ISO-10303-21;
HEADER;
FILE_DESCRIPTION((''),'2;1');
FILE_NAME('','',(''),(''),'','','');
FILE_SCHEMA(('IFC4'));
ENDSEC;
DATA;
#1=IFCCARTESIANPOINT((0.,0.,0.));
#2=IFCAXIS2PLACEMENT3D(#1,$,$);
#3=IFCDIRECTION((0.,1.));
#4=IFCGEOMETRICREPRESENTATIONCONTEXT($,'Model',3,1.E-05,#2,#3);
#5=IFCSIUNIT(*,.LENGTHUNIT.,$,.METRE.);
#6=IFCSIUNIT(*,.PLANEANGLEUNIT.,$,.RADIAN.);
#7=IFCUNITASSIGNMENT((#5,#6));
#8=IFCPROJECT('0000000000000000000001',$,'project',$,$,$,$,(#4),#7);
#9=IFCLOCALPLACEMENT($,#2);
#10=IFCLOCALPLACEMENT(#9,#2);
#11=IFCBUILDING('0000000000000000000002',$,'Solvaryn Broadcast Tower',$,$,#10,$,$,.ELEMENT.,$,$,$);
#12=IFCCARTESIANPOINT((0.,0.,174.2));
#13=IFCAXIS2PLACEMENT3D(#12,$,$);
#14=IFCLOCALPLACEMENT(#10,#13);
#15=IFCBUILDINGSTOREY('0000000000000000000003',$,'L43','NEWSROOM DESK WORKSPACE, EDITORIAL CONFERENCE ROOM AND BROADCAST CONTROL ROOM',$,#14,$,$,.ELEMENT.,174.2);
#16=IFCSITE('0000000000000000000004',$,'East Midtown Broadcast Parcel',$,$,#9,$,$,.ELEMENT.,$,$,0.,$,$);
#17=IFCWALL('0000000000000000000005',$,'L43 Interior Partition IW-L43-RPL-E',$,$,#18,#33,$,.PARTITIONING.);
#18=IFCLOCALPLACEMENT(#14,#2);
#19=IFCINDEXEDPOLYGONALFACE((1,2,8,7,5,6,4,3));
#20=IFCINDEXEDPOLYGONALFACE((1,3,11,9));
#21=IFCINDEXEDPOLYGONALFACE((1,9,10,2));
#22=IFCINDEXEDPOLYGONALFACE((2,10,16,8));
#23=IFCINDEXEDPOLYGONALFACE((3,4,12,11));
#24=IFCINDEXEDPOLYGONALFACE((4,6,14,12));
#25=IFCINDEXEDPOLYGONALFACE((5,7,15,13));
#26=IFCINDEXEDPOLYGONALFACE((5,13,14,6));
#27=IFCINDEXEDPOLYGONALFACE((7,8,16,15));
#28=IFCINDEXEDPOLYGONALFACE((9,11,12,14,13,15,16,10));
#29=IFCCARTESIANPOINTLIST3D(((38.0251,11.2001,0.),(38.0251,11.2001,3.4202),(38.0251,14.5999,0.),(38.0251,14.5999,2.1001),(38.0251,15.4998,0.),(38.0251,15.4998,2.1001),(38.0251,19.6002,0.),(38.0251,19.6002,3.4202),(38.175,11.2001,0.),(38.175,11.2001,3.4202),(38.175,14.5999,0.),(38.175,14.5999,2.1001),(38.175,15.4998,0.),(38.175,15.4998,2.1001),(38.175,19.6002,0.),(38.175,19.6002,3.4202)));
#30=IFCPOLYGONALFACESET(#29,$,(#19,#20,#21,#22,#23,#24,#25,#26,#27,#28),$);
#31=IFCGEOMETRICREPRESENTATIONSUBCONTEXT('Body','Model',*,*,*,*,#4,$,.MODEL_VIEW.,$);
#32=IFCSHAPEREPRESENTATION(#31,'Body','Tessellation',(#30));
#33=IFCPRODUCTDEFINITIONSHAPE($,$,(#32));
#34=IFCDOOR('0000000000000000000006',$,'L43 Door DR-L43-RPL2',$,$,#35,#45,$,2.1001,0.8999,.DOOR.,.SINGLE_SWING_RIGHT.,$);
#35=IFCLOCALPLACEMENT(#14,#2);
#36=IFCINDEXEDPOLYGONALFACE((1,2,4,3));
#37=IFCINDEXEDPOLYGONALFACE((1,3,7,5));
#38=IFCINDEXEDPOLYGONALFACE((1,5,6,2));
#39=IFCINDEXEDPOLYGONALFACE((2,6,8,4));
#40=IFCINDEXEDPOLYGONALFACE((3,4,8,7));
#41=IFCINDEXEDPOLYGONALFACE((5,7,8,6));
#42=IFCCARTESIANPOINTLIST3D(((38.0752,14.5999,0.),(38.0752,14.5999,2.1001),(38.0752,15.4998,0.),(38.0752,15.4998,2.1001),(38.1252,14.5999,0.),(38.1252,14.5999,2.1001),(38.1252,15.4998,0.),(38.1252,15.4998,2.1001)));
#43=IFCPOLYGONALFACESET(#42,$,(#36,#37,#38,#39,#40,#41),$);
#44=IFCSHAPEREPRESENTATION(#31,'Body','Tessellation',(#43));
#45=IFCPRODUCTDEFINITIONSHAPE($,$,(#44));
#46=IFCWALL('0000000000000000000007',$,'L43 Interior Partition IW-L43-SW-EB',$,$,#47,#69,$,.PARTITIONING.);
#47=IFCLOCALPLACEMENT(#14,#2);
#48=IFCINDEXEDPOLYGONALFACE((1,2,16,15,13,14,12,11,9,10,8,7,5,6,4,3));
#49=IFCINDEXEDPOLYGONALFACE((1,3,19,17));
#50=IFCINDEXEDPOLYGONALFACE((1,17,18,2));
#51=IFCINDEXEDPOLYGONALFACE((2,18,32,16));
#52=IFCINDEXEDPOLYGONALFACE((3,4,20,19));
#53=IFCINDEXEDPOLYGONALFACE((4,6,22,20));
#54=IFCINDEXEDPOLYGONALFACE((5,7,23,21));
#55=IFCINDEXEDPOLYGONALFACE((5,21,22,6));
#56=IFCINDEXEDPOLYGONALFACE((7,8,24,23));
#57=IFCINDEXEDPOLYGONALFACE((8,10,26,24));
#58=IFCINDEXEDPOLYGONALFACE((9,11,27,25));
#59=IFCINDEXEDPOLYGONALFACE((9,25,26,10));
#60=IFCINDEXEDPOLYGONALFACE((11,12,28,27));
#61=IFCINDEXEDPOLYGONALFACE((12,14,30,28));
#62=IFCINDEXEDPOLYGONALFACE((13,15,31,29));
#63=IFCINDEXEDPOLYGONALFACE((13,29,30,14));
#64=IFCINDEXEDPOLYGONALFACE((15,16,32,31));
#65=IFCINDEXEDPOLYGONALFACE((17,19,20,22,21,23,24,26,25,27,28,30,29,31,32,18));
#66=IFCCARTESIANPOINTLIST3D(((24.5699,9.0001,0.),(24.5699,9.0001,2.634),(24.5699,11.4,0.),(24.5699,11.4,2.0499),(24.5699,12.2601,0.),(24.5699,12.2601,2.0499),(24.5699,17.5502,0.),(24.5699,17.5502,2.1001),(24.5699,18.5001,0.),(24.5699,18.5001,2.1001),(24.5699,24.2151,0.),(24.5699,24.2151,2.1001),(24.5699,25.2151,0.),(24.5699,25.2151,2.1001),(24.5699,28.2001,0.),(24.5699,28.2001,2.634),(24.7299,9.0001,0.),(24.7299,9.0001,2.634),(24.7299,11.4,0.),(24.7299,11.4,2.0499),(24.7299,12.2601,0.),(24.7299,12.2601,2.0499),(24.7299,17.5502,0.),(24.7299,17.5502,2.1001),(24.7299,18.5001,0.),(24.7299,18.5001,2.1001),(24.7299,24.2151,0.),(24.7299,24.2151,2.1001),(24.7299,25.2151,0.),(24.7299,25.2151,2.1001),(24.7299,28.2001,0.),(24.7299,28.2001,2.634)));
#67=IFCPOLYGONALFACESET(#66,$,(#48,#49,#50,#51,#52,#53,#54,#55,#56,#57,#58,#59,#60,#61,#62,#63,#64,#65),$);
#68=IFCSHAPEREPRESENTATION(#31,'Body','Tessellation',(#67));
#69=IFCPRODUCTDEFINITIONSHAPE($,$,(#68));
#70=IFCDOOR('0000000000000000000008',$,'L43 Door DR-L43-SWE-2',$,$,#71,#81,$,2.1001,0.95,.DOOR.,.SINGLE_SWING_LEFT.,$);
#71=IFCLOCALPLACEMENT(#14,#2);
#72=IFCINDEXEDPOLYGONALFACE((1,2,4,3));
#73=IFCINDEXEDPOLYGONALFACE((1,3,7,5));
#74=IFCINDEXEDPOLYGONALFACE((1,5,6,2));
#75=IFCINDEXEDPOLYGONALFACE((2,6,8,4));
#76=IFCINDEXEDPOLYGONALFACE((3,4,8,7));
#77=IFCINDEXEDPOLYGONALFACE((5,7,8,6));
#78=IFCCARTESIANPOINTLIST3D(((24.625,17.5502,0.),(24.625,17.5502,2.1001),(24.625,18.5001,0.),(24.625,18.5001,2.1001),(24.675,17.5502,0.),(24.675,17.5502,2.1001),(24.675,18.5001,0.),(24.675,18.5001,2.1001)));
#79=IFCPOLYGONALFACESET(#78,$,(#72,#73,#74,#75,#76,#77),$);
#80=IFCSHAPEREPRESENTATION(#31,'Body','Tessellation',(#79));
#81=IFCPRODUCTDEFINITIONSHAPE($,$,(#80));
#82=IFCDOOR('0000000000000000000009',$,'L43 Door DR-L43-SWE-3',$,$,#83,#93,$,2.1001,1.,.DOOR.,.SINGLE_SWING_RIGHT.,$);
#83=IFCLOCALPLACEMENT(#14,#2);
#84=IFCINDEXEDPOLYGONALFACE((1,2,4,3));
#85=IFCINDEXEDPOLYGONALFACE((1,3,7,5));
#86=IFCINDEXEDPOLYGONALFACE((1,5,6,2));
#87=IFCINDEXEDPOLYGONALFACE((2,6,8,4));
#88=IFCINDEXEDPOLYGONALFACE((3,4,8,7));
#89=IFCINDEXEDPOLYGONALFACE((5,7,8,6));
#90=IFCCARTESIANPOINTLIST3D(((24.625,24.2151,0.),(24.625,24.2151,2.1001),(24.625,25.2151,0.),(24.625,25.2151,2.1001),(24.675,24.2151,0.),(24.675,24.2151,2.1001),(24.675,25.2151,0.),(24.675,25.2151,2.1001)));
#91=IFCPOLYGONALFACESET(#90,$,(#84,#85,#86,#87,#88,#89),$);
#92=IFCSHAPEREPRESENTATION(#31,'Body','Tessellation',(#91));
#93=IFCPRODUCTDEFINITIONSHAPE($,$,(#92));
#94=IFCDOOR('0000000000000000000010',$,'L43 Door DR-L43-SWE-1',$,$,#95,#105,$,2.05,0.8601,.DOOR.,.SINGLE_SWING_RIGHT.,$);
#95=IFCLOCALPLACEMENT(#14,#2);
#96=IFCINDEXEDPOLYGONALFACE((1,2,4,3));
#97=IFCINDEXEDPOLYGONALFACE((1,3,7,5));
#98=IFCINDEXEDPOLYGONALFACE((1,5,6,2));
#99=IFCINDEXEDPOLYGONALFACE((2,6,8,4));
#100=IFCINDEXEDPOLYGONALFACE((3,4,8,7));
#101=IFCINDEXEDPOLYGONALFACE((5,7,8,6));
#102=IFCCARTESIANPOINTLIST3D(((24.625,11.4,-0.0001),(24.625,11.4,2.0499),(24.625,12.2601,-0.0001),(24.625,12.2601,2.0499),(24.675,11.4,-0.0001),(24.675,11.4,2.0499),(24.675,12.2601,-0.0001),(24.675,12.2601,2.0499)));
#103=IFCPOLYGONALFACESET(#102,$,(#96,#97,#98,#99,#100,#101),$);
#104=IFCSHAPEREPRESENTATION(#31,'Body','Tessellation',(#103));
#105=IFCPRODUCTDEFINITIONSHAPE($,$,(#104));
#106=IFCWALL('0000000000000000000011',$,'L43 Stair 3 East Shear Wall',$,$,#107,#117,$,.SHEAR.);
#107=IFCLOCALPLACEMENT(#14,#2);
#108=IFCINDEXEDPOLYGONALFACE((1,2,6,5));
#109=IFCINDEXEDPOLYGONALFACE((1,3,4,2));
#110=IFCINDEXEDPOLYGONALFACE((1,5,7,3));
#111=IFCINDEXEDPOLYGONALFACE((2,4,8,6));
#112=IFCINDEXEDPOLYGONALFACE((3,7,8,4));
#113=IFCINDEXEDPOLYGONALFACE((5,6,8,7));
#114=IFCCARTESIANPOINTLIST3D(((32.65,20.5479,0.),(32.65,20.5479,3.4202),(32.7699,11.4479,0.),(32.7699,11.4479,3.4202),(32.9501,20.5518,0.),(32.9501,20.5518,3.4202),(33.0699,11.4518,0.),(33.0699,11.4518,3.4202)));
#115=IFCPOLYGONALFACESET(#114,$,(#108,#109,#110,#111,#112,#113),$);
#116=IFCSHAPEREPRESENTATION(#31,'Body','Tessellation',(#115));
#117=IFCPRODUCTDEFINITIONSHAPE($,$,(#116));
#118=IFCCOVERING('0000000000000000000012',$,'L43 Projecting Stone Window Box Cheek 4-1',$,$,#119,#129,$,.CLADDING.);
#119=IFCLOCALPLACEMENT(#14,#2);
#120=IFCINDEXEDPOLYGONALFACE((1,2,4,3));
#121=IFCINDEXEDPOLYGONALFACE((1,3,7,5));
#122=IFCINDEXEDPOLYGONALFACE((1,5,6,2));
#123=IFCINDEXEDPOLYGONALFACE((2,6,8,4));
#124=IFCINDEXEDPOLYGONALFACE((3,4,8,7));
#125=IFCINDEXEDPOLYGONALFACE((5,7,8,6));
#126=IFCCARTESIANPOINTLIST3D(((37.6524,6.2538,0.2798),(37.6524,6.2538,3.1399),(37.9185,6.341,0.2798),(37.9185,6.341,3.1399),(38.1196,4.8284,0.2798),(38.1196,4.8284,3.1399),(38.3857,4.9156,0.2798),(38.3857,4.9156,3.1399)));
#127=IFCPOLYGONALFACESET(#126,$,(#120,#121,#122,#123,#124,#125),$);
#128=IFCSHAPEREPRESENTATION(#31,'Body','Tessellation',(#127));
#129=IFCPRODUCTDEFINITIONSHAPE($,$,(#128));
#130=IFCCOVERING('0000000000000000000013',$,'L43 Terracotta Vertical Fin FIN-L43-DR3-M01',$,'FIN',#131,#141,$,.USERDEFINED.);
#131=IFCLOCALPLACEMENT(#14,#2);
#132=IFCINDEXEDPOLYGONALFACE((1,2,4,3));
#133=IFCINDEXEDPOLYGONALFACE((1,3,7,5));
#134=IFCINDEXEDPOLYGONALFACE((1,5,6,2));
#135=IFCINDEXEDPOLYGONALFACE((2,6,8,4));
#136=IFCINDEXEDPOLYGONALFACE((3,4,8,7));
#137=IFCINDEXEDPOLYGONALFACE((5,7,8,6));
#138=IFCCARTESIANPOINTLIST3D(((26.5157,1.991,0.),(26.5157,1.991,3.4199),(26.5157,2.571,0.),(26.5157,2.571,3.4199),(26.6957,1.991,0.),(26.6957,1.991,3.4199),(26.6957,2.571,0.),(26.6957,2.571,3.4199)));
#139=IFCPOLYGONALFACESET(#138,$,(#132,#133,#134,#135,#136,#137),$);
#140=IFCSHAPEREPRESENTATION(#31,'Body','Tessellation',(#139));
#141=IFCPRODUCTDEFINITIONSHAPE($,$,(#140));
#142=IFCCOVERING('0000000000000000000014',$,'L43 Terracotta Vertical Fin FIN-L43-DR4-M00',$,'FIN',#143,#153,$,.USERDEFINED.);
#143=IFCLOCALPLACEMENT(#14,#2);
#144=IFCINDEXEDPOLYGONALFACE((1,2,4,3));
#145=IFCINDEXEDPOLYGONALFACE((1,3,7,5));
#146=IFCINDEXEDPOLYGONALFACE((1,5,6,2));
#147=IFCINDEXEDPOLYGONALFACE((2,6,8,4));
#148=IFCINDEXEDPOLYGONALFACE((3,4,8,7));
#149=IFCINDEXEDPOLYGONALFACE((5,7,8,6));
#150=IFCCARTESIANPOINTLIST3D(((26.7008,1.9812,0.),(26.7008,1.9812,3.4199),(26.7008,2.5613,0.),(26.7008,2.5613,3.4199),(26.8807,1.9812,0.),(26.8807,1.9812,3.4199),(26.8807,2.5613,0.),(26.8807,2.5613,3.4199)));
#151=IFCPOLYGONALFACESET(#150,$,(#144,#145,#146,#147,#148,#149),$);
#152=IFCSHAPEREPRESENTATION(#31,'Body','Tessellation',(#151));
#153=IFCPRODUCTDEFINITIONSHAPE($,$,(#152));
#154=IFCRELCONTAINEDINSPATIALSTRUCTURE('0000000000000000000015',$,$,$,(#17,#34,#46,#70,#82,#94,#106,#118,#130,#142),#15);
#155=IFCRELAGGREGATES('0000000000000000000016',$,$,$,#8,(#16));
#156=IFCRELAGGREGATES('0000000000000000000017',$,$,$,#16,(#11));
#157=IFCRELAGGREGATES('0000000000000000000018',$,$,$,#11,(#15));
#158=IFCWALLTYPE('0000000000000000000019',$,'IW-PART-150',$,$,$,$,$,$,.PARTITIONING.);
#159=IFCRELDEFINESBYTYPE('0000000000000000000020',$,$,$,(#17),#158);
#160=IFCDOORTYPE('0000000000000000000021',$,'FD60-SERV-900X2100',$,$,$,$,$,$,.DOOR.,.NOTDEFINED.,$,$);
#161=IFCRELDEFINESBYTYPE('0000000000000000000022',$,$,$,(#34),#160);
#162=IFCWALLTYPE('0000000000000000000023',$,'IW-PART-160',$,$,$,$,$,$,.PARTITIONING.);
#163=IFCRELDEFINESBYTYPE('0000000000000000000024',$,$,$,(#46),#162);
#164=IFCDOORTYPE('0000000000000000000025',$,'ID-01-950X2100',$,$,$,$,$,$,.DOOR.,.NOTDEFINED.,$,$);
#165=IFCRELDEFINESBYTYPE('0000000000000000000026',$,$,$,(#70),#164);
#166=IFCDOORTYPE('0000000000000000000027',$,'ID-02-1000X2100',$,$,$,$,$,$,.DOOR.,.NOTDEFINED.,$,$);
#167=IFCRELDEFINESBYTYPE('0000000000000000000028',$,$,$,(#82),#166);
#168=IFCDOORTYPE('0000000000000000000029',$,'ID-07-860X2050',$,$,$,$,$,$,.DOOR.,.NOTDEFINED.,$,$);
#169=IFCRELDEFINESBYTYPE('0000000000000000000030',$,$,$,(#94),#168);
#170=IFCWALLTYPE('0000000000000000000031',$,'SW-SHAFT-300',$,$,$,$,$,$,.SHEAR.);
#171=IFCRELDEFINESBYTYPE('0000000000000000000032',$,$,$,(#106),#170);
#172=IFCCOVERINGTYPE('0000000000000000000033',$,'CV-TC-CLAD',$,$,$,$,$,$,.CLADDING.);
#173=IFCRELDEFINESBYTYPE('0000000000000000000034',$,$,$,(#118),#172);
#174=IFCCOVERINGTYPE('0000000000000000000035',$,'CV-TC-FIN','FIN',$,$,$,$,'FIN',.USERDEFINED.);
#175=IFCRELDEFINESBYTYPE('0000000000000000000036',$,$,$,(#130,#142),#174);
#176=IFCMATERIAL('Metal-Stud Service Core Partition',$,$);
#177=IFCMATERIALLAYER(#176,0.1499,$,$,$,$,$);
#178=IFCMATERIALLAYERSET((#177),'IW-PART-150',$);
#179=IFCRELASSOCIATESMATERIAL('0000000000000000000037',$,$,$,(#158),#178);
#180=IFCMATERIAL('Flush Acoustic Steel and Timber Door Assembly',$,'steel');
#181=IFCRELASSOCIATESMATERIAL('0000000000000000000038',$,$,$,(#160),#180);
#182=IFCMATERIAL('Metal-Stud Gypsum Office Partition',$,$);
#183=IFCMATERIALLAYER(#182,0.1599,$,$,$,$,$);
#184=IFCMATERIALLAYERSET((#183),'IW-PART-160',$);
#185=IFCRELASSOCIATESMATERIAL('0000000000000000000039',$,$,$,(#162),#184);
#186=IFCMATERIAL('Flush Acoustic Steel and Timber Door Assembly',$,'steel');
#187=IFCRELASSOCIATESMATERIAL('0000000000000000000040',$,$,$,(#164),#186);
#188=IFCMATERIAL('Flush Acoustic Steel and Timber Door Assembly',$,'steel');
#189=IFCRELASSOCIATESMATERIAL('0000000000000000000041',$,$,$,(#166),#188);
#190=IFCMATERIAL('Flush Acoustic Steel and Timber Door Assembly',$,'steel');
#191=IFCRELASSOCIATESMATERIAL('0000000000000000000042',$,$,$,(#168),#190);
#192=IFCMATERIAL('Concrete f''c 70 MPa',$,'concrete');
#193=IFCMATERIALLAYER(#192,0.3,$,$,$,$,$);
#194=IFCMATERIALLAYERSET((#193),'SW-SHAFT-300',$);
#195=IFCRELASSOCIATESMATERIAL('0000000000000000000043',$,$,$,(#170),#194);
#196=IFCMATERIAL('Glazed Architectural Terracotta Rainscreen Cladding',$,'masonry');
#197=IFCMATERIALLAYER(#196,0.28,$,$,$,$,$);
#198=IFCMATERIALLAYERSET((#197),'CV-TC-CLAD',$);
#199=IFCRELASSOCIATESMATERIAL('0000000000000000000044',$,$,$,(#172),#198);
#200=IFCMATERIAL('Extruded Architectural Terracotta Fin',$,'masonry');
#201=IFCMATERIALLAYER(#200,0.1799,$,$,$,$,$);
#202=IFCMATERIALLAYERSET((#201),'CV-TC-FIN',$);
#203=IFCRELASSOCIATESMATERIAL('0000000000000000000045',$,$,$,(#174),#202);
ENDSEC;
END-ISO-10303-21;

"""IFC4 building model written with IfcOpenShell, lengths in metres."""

from ifc_helpers import new_model, si_unit, direction, frame, frame_2d, origin, origin_2d, place, context, subcontext, project, spatial, rectangle, extrude, material, layer, layer_set, type_object, element, fill, save


model = new_model("IFC4")

# Units and contexts
model_context = context("Model", 3, precision=1e-05, world=origin(), true_north=direction((0.0, 1.0)))
body_context = subcontext(model_context, "Body", "Model", "MODEL_VIEW")
ifc_project = project(units=[si_unit("LENGTHUNIT", "METRE"), si_unit("PLANEANGLEUNIT", "RADIAN")], contexts=[model_context])

# Site, building, storey
site_placement = place(None, origin())
site = spatial("IfcSite", under=ifc_project, at=site_placement, Name="East Midtown Broadcast Parcel", CompositionType="ELEMENT", RefElevation=0.0)
building_placement = place(site_placement, origin())
building = spatial("IfcBuilding", under=site, at=building_placement, Name="Solvaryn Broadcast Tower", CompositionType="ELEMENT")
storey_placement = place(building_placement, frame((0.0, 0.0, 174.2)))
storey = spatial("IfcBuildingStorey", under=building, at=storey_placement, Name="L43", Description="NEWSROOM DESK WORKSPACE, EDITORIAL CONFERENCE ROOM AND BROADCAST CONTROL ROOM", CompositionType="ELEMENT", Elevation=174.2)

# Wall, opening, door
ifc_material_1 = material(Name="Metal-Stud Service Core Partition")
ifc_layer_1 = layer(ifc_material_1, 0.1499)
ifc_layer_set_1 = layer_set([ifc_layer_1], Name="IW-PART-150")
wall_type_1 = type_object("IfcWallType", Name="IW-PART-150", PredefinedType="PARTITIONING", material=ifc_layer_set_1)
wall_1_placement = place(storey_placement, frame((38.1001, 11.2, 0.0), z_axis=(0.0, 0.0, 1.0), x_axis=(0.0, 1.0, 0.0)))
wall_1 = element("IfcWall", 1, at=wall_1_placement, inside=storey, type_object=wall_type_1, Name="L43 Interior Partition IW-L43-RPL-E", PredefinedType="PARTITIONING", context=body_context, shape_type="SweptSolid", body=[
    extrude(rectangle(XDim=8.4001, YDim=0.1499, at=frame_2d((4.2002, 0.0))), origin(), (0.0, 0.0, 1.0), 3.4202),
])
opening_1_placement = place(wall_1_placement, frame((3.3999, 0.0, 0.0)))
opening_1 = element("IfcOpeningElement", 2, at=opening_1_placement, cuts=wall_1, PredefinedType="OPENING", context=body_context, shape_type="SweptSolid", body=[
    extrude(rectangle(XDim=0.8999, YDim=2.1001, at=frame_2d((0.45, 1.05))), frame((0.0, 0.085, 0.0), z_axis=(0.0, -1.0, 0.0), x_axis=(1.0, 0.0, 0.0)), (0.0, 0.0, 1.0), 0.1699),
])
ifc_material_2 = material(Name="Flush Acoustic Steel and Timber Door Assembly", Category="steel")
door_type_1 = type_object("IfcDoorType", Name="FD60-SERV-900X2100", OperationType="NOTDEFINED", PredefinedType="DOOR", material=ifc_material_2)
door_1_placement = place(opening_1_placement, origin())
door_1 = element("IfcDoor", 3, at=door_1_placement, inside=storey, type_object=door_type_1, Name="L43 Door DR-L43-RPL2", OperationType="SINGLE_SWING_RIGHT", OverallHeight=2.1001, OverallWidth=0.8999, PredefinedType="DOOR", context=body_context, shape_type="SweptSolid", body=[
    extrude(rectangle(XDim=0.8999, YDim=2.1001, at=frame_2d((0.45, 1.05))), frame((0.0, 0.0249, 0.0), z_axis=(0.0, -1.0, 0.0), x_axis=(1.0, 0.0, 0.0)), (0.0, 0.0, 1.0), 0.05),
])
fill(opening_1, door_1)

# Wall, openings, doors
ifc_material_3 = material(Name="Metal-Stud Gypsum Office Partition")
ifc_layer_2 = layer(ifc_material_3, 0.1599)
ifc_layer_set_2 = layer_set([ifc_layer_2], Name="IW-PART-160")
wall_type_2 = type_object("IfcWallType", Name="IW-PART-160", PredefinedType="PARTITIONING", material=ifc_layer_set_2)
wall_2_placement = place(storey_placement, frame((24.6499, 9.0, 0.0), z_axis=(0.0, 0.0, 1.0), x_axis=(0.0, 1.0, 0.0)))
wall_2 = element("IfcWall", 4, at=wall_2_placement, inside=storey, type_object=wall_type_2, Name="L43 Interior Partition IW-L43-SW-EB", PredefinedType="PARTITIONING", context=body_context, shape_type="SweptSolid", body=[
    extrude(rectangle(XDim=19.2, YDim=0.1599, at=frame_2d((9.6001, 0.0))), origin(), (0.0, 0.0, 1.0), 2.634),
])
opening_2_placement = place(wall_2_placement, frame((2.3999, 0.0, 0.0)))
opening_2 = element("IfcOpeningElement", 5, at=opening_2_placement, cuts=wall_2, PredefinedType="OPENING", context=body_context, shape_type="SweptSolid", body=[
    extrude(rectangle(XDim=0.8601, YDim=2.05, at=frame_2d((0.4302, 1.0249))), frame((0.0, 0.0901, 0.0), z_axis=(0.0, -1.0, 0.0), x_axis=(1.0, 0.0, 0.0)), (0.0, 0.0, 1.0), 0.1799),
])
opening_3_placement = place(wall_2_placement, frame((8.55, 0.0, 0.0)))
opening_3 = element("IfcOpeningElement", 6, at=opening_3_placement, cuts=wall_2, PredefinedType="OPENING", context=body_context, shape_type="SweptSolid", body=[
    extrude(rectangle(XDim=0.95, YDim=2.1001, at=frame_2d((0.4751, 1.05))), frame((0.0, 0.0901, 0.0), z_axis=(0.0, -1.0, 0.0), x_axis=(1.0, 0.0, 0.0)), (0.0, 0.0, 1.0), 0.1799),
])
opening_4_placement = place(wall_2_placement, frame((15.2151, 0.0, 0.0)))
opening_4 = element("IfcOpeningElement", 7, at=opening_4_placement, cuts=wall_2, PredefinedType="OPENING", context=body_context, shape_type="SweptSolid", body=[
    extrude(rectangle(XDim=1.0, YDim=2.1001, at=frame_2d((0.5, 1.05))), frame((0.0, 0.0901, 0.0), z_axis=(0.0, -1.0, 0.0), x_axis=(1.0, 0.0, 0.0)), (0.0, 0.0, 1.0), 0.1799),
])
ifc_material_4 = material(Name="Flush Acoustic Steel and Timber Door Assembly", Category="steel")
door_type_2 = type_object("IfcDoorType", Name="ID-01-950X2100", OperationType="NOTDEFINED", PredefinedType="DOOR", material=ifc_material_4)
door_2_placement = place(opening_3_placement, origin())
door_2 = element("IfcDoor", 8, at=door_2_placement, inside=storey, type_object=door_type_2, Name="L43 Door DR-L43-SWE-2", OperationType="SINGLE_SWING_LEFT", OverallHeight=2.1001, OverallWidth=0.95, PredefinedType="DOOR", context=body_context, shape_type="SweptSolid", body=[
    extrude(rectangle(XDim=0.95, YDim=2.1001, at=frame_2d((0.4751, 1.05))), frame((0.0, 0.0249, 0.0), z_axis=(0.0, -1.0, 0.0), x_axis=(1.0, 0.0, 0.0)), (0.0, 0.0, 1.0), 0.05),
])
fill(opening_3, door_2)
ifc_material_5 = material(Name="Flush Acoustic Steel and Timber Door Assembly", Category="steel")
door_type_3 = type_object("IfcDoorType", Name="ID-02-1000X2100", OperationType="NOTDEFINED", PredefinedType="DOOR", material=ifc_material_5)
door_3_placement = place(opening_4_placement, origin())
door_3 = element("IfcDoor", 9, at=door_3_placement, inside=storey, type_object=door_type_3, Name="L43 Door DR-L43-SWE-3", OperationType="SINGLE_SWING_RIGHT", OverallHeight=2.1001, OverallWidth=1.0, PredefinedType="DOOR", context=body_context, shape_type="SweptSolid", body=[
    extrude(rectangle(XDim=1.0, YDim=2.1001, at=frame_2d((0.5, 1.05))), frame((0.0, 0.0249, 0.0), z_axis=(0.0, -1.0, 0.0), x_axis=(1.0, 0.0, 0.0)), (0.0, 0.0, 1.0), 0.05),
])
fill(opening_4, door_3)
ifc_material_6 = material(Name="Flush Acoustic Steel and Timber Door Assembly", Category="steel")
door_type_4 = type_object("IfcDoorType", Name="ID-07-860X2050", OperationType="NOTDEFINED", PredefinedType="DOOR", material=ifc_material_6)
door_4_placement = place(opening_2_placement, origin())
door_4 = element("IfcDoor", 10, at=door_4_placement, inside=storey, type_object=door_type_4, Name="L43 Door DR-L43-SWE-1", OperationType="SINGLE_SWING_RIGHT", OverallHeight=2.05, OverallWidth=0.8601, PredefinedType="DOOR", context=body_context, shape_type="SweptSolid", body=[
    extrude(rectangle(XDim=0.8601, YDim=2.05, at=frame_2d((0.4302, 1.0249))), frame((0.0, 0.0249, 0.0), z_axis=(0.0, -1.0, 0.0), x_axis=(1.0, 0.0, 0.0)), (0.0, 0.0, 1.0), 0.05),
])
fill(opening_2, door_4)

# Wall
ifc_material_7 = material(Name="Concrete f'c 70 MPa", Category="concrete")
ifc_layer_3 = layer(ifc_material_7, 0.3)
ifc_layer_set_3 = layer_set([ifc_layer_3], Name="SW-SHAFT-300")
wall_type_3 = type_object("IfcWallType", Name="SW-SHAFT-300", PredefinedType="SHEAR", material=ifc_layer_set_3)
wall_3_placement = place(storey_placement, frame((32.9199, 11.45, 0.0), z_axis=(0.0, 0.0, 1.0), x_axis=(-0.013172, 0.999913, 0.0)))
element("IfcWall", 11, at=wall_3_placement, inside=storey, type_object=wall_type_3, Name="L43 Stair 3 East Shear Wall", PredefinedType="SHEAR", context=body_context, shape_type="SweptSolid", body=[
    extrude(rectangle(XDim=9.1008, YDim=0.3, at=frame_2d((4.5503, 0.0))), origin(), (0.0, 0.0, 1.0), 3.4202),
])

# Coverings
ifc_material_8 = material(Name="Glazed Architectural Terracotta Rainscreen Cladding", Category="masonry")
ifc_layer_4 = layer(ifc_material_8, 0.28)
ifc_layer_set_4 = layer_set([ifc_layer_4], Name="CV-TC-CLAD")
covering_type_1 = type_object("IfcCoveringType", Name="CV-TC-CLAD", PredefinedType="CLADDING", material=ifc_layer_set_4)
covering_placement = place(storey_placement, frame((38.019, 5.5847, 0.2798), z_axis=(0.0, 0.0, 1.0), x_axis=(0.950244, 0.311506, 0.0)))
element("IfcCovering", 12, at=covering_placement, inside=storey, type_object=covering_type_1, Name="L43 Projecting Stone Window Box Cheek 4-1", PredefinedType="CLADDING", context=body_context, shape_type="SweptSolid", body=[
    extrude(rectangle(XDim=0.28, YDim=1.5, at=origin_2d()), origin(), (0.0, 0.0, 1.0), 2.8601),
])
ifc_material_9 = material(Name="Extruded Architectural Terracotta Fin", Category="masonry")
ifc_layer_5 = layer(ifc_material_9, 0.1799)
ifc_layer_set_5 = layer_set([ifc_layer_5], Name="CV-TC-FIN")
covering_type_2 = type_object("IfcCoveringType", Name="CV-TC-FIN", Description="FIN", ElementType="FIN", PredefinedType="USERDEFINED", material=ifc_layer_set_5)
for number, where, z_axis, x_axis, name in (
    (13, (26.6057, 2.281, 0.0), (0.0, 0.0, 1.0), (1.0, 0.0, 0.0), "L43 Terracotta Vertical Fin FIN-L43-DR3-M01"),
    (14, (26.7908, 2.2712, 0.0), (0.0, 0.0, 1.0), (1.0, 0.0, 0.0), "L43 Terracotta Vertical Fin FIN-L43-DR4-M00"),
):
    element("IfcCovering", number, at=place(storey_placement, frame(where, z_axis=z_axis, x_axis=x_axis)), inside=storey, type_object=covering_type_2, Name=name, ObjectType="FIN", PredefinedType="USERDEFINED", context=body_context, shape_type="SweptSolid", body=[
        extrude(rectangle(XDim=0.1799, YDim=0.5801, at=origin_2d()), origin(), (0.0, 0.0, 1.0), 3.4199),
    ])

save(model, "model.ifc")
